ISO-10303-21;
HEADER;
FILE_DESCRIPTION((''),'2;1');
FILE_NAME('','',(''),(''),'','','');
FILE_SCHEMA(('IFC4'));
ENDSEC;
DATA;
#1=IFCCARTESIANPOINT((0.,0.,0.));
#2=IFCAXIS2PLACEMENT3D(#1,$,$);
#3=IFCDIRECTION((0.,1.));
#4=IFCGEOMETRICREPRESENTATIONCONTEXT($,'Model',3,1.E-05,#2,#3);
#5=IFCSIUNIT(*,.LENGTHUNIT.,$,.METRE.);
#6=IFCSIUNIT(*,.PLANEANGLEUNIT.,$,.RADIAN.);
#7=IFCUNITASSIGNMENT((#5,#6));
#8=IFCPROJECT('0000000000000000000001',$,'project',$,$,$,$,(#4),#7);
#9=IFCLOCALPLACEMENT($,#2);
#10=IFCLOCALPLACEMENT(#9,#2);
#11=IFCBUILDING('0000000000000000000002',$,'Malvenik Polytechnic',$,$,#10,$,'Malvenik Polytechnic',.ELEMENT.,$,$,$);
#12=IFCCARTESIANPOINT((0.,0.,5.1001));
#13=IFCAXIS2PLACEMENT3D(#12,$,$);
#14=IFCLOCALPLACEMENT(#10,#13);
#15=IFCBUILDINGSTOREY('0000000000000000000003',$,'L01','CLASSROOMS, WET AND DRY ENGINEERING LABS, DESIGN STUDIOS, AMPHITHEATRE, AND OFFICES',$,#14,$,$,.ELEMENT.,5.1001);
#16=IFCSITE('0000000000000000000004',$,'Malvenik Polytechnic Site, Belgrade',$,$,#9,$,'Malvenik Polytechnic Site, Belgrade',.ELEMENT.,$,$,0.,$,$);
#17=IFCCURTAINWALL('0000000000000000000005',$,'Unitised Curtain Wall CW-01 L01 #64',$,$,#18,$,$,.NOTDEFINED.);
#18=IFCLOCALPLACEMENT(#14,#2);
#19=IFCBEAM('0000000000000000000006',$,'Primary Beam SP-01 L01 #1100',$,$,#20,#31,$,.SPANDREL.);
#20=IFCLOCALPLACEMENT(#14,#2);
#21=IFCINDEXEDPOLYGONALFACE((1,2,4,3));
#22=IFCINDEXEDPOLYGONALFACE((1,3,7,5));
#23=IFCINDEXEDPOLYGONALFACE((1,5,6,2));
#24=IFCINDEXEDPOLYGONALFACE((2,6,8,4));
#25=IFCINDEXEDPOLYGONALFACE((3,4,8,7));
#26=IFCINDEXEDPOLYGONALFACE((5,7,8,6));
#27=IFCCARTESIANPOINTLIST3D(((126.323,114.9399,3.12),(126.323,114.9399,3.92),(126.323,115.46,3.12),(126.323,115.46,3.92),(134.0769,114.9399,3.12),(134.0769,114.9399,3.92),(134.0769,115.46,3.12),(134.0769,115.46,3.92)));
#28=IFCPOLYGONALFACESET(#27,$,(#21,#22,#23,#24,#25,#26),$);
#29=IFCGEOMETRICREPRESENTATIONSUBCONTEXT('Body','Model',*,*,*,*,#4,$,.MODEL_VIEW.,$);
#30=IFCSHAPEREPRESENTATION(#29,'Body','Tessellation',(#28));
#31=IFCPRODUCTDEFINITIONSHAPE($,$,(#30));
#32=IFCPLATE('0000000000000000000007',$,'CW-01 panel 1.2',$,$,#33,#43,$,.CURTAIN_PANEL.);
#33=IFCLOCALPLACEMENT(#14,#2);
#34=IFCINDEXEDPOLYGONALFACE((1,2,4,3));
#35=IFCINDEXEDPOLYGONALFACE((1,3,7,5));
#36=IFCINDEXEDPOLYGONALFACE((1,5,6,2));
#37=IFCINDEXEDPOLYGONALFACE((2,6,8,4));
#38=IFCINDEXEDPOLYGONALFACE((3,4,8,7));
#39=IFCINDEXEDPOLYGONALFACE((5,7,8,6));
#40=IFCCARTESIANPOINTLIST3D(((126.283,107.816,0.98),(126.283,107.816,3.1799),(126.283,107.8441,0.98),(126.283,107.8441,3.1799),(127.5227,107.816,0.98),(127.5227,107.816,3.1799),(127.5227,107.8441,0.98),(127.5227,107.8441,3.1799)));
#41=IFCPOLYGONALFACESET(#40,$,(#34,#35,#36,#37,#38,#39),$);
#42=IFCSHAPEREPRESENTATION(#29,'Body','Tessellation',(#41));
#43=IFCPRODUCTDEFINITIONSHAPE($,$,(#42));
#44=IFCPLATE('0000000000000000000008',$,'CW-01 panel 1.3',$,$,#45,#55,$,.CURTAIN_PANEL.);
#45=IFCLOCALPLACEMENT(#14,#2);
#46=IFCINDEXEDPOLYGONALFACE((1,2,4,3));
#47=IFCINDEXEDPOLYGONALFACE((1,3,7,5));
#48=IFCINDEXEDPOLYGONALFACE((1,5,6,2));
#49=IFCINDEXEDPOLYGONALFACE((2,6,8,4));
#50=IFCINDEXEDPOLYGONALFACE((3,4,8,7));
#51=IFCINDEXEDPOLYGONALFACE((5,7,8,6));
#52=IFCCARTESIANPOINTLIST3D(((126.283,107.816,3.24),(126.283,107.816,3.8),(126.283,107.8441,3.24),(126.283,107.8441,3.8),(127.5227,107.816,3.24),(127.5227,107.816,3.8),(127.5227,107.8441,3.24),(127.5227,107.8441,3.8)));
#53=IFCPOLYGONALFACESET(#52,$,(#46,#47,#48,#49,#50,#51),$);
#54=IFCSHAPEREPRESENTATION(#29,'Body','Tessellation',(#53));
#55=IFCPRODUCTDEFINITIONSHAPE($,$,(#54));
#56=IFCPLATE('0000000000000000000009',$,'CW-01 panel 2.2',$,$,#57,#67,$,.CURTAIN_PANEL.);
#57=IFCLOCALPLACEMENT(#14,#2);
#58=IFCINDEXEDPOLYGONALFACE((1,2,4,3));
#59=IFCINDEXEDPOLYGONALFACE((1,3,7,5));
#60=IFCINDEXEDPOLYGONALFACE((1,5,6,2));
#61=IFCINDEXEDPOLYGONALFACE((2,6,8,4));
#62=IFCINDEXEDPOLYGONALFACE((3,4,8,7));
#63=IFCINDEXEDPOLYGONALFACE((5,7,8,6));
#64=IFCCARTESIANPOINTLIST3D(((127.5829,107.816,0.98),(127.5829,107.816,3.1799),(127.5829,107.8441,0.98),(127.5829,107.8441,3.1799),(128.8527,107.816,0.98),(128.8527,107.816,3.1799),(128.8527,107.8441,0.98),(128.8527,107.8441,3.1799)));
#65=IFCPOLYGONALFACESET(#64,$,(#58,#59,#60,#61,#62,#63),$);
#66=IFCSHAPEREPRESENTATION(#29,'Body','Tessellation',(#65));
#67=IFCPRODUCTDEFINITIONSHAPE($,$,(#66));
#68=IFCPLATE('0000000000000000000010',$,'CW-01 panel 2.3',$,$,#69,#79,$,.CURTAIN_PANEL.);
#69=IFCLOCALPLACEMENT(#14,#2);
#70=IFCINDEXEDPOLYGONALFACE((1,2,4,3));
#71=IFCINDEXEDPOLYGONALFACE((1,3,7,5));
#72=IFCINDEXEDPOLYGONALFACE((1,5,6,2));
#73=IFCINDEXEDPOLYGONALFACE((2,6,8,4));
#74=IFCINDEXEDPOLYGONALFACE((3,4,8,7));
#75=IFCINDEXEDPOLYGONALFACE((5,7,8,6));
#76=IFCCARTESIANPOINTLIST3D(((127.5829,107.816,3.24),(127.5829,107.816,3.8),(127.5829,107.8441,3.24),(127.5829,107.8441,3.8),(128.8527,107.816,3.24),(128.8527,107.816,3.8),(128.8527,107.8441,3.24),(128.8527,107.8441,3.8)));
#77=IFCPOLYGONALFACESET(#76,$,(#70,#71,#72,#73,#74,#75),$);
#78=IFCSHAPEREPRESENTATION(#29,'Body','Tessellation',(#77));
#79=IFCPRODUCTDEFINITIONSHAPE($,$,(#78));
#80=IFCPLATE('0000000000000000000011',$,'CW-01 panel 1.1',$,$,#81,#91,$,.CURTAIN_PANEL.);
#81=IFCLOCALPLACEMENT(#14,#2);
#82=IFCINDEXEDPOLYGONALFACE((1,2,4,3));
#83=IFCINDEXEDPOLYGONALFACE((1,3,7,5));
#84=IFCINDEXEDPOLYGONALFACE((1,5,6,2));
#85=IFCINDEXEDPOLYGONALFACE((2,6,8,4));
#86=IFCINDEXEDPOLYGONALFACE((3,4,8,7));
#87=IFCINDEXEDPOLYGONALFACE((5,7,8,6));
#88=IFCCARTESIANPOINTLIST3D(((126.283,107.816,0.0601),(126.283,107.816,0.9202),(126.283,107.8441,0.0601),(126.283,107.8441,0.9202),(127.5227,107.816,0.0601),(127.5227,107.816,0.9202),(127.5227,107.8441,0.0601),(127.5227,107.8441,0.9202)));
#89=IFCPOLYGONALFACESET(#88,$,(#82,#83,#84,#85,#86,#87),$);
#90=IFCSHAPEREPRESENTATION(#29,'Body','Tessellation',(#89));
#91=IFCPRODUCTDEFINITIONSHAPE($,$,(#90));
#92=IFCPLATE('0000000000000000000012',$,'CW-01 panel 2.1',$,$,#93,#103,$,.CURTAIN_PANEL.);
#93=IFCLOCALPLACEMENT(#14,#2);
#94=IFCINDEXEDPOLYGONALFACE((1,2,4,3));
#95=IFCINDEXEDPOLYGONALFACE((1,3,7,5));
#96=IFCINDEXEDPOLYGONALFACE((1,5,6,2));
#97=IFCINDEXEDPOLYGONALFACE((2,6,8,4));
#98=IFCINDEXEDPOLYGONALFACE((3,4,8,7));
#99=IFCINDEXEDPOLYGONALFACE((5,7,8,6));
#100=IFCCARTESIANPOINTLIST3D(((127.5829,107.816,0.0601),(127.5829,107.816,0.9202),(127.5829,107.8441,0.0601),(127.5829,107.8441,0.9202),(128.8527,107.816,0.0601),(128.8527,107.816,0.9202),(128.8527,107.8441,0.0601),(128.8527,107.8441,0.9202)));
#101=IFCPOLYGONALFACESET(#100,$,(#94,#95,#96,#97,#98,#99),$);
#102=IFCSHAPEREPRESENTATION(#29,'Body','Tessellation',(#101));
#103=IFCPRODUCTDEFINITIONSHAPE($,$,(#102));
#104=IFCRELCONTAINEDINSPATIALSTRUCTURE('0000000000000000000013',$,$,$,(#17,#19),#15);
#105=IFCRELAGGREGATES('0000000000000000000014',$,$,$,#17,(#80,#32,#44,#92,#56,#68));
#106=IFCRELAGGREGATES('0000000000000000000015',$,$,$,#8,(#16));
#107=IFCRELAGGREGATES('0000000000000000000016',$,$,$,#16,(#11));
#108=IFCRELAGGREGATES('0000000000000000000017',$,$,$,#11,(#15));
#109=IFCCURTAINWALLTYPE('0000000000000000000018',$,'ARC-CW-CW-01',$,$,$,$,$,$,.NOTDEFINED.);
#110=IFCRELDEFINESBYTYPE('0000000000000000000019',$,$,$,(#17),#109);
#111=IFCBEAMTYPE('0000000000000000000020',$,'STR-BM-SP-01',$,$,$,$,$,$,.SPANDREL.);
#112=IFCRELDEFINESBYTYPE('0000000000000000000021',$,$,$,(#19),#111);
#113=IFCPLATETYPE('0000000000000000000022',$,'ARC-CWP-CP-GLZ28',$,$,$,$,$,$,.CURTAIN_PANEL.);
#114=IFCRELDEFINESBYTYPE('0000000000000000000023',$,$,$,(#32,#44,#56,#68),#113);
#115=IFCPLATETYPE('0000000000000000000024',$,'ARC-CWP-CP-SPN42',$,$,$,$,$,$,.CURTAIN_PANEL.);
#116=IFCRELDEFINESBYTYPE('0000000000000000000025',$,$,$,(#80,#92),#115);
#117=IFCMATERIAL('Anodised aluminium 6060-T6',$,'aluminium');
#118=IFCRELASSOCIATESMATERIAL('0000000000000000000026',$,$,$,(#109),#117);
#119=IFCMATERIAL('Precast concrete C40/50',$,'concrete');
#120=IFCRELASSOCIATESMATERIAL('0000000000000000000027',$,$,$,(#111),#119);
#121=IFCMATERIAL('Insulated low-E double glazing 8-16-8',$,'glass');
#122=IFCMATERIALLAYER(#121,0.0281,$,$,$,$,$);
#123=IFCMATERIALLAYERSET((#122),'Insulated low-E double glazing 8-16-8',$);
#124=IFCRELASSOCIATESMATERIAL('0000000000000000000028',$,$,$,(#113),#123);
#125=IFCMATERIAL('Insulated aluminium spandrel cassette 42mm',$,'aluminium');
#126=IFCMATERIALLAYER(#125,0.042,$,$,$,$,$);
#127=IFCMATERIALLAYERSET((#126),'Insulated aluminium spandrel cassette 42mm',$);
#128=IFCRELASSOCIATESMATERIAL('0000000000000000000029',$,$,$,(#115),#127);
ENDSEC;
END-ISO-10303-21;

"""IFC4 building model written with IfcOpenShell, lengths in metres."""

from ifc_helpers import new_model, si_unit, direction, frame, origin, origin_2d, place, context, subcontext, project, spatial, rectangle, extrude, material, layer, layer_set, material_profile, profile_set, type_object, element, aggregate, save


model = new_model("IFC4")

# Units and contexts
model_context = context("Model", 3, precision=1e-05, world=origin(), true_north=direction((0.0, 1.0)))
body_context = subcontext(model_context, "Body", "Model", "MODEL_VIEW")
ifc_project = project(units=[si_unit("LENGTHUNIT", "METRE"), si_unit("PLANEANGLEUNIT", "RADIAN")], contexts=[model_context])

# Site, building, storey
site_placement = place(None, origin())
site = spatial("IfcSite", under=ifc_project, at=site_placement, Name="Malvenik Polytechnic Site, Belgrade", LongName="Malvenik Polytechnic Site, Belgrade", CompositionType="ELEMENT", RefElevation=0.0)
building_placement = place(site_placement, origin())
building = spatial("IfcBuilding", under=site, at=building_placement, Name="Malvenik Polytechnic", LongName="Malvenik Polytechnic", CompositionType="ELEMENT")
storey_placement = place(building_placement, frame((0.0, 0.0, 5.1001)))
storey = spatial("IfcBuildingStorey", under=building, at=storey_placement, Name="L01", Description="CLASSROOMS, WET AND DRY ENGINEERING LABS, DESIGN STUDIOS, AMPHITHEATRE, AND OFFICES", CompositionType="ELEMENT", Elevation=5.1001)

# Curtain wall
ifc_material_1 = material(Name="Anodised aluminium 6060-T6", Category="aluminium")
curtain_wall_type = type_object("IfcCurtainWallType", Name="ARC-CW-CW-01", PredefinedType="NOTDEFINED", material=ifc_material_1)
curtain_wall_placement = place(storey_placement, origin())
curtain_wall = element("IfcCurtainWall", 1, at=curtain_wall_placement, inside=storey, type_object=curtain_wall_type, Name="Unitised Curtain Wall CW-01 L01 #64", PredefinedType="NOTDEFINED")

# Beam
ifc_material_2 = material(Name="Precast concrete C40/50", Category="concrete")
ifc_material_profile_1 = material_profile(ifc_material_2, rectangle(XDim=0.52, YDim=0.8, at=origin_2d()), Name="PC SPN 520x800")
ifc_profile_set_1 = profile_set([ifc_material_profile_1], Name="Precast concrete C40/50")
beam_type = type_object("IfcBeamType", Name="STR-BM-SP-01", PredefinedType="SPANDREL", material=ifc_profile_set_1)
beam_placement = place(storey_placement, frame((126.323, 115.2, 3.52), z_axis=(1.0, 0.0, 0.0), x_axis=(0.0, 1.0, 0.0)))
element("IfcBeam", 2, at=beam_placement, inside=storey, type_object=beam_type, Name="Primary Beam SP-01 L01 #1100", PredefinedType="SPANDREL", context=body_context, shape_type="SweptSolid", body=[
    extrude(rectangle(XDim=0.52, YDim=0.8, at=origin_2d()), origin(), (0.0, 0.0, 1.0), 7.7539),
])

# Plates
ifc_material_3 = material(Name="Insulated low-E double glazing 8-16-8", Category="glass")
ifc_layer_1 = layer(ifc_material_3, 0.0281)
ifc_layer_set_1 = layer_set([ifc_layer_1], Name="Insulated low-E double glazing 8-16-8")
plate_type_1 = type_object("IfcPlateType", Name="ARC-CWP-CP-GLZ28", PredefinedType="CURTAIN_PANEL", material=ifc_layer_set_1)
plate_1_placement = place(storey_placement, frame((126.9028, 107.8301, 0.98), z_axis=(0.0, 0.0, 1.0), x_axis=(1.0, 0.0, 0.0)))
plate_1 = element("IfcPlate", 3, at=plate_1_placement, type_object=plate_type_1, Name="CW-01 panel 1.2", PredefinedType="CURTAIN_PANEL", context=body_context, shape_type="SweptSolid", body=[
    extrude(rectangle(XDim=1.2397, YDim=0.0281, at=origin_2d()), origin(), (0.0, 0.0, 1.0), 2.2),
])
plate_2_placement = place(storey_placement, frame((126.9028, 107.8301, 3.24), z_axis=(0.0, 0.0, 1.0), x_axis=(1.0, 0.0, 0.0)))
plate_2 = element("IfcPlate", 4, at=plate_2_placement, type_object=plate_type_1, Name="CW-01 panel 1.3", PredefinedType="CURTAIN_PANEL", context=body_context, shape_type="SweptSolid", body=[
    extrude(rectangle(XDim=1.2397, YDim=0.0281, at=origin_2d()), origin(), (0.0, 0.0, 1.0), 0.5601),
])
plate_3_placement = place(storey_placement, frame((128.2178, 107.8301, 0.98), z_axis=(0.0, 0.0, 1.0), x_axis=(1.0, 0.0, 0.0)))
plate_3 = element("IfcPlate", 5, at=plate_3_placement, type_object=plate_type_1, Name="CW-01 panel 2.2", PredefinedType="CURTAIN_PANEL", context=body_context, shape_type="SweptSolid", body=[
    extrude(rectangle(XDim=1.2698, YDim=0.0281, at=origin_2d()), origin(), (0.0, 0.0, 1.0), 2.2),
])
plate_4_placement = place(storey_placement, frame((128.2178, 107.8301, 3.24), z_axis=(0.0, 0.0, 1.0), x_axis=(1.0, 0.0, 0.0)))
plate_4 = element("IfcPlate", 6, at=plate_4_placement, type_object=plate_type_1, Name="CW-01 panel 2.3", PredefinedType="CURTAIN_PANEL", context=body_context, shape_type="SweptSolid", body=[
    extrude(rectangle(XDim=1.2698, YDim=0.0281, at=origin_2d()), origin(), (0.0, 0.0, 1.0), 0.5601),
])
ifc_material_4 = material(Name="Insulated aluminium spandrel cassette 42mm", Category="aluminium")
ifc_layer_2 = layer(ifc_material_4, 0.042)
ifc_layer_set_2 = layer_set([ifc_layer_2], Name="Insulated aluminium spandrel cassette 42mm")
plate_type_2 = type_object("IfcPlateType", Name="ARC-CWP-CP-SPN42", PredefinedType="CURTAIN_PANEL", material=ifc_layer_set_2)
plate_5_placement = place(storey_placement, frame((126.9028, 107.8301, 0.0601), z_axis=(0.0, 0.0, 1.0), x_axis=(1.0, 0.0, 0.0)))
plate_5 = element("IfcPlate", 7, at=plate_5_placement, type_object=plate_type_2, Name="CW-01 panel 1.1", PredefinedType="CURTAIN_PANEL", context=body_context, shape_type="SweptSolid", body=[
    extrude(rectangle(XDim=1.2397, YDim=0.0281, at=origin_2d()), origin(), (0.0, 0.0, 1.0), 0.8601),
])
plate_6_placement = place(storey_placement, frame((128.2178, 107.8301, 0.0601), z_axis=(0.0, 0.0, 1.0), x_axis=(1.0, 0.0, 0.0)))
plate_6 = element("IfcPlate", 8, at=plate_6_placement, type_object=plate_type_2, Name="CW-01 panel 2.1", PredefinedType="CURTAIN_PANEL", context=body_context, shape_type="SweptSolid", body=[
    extrude(rectangle(XDim=1.2698, YDim=0.0281, at=origin_2d()), origin(), (0.0, 0.0, 1.0), 0.8601),
])
aggregate(curtain_wall, [plate_5, plate_1, plate_2, plate_6, plate_3, plate_4])

save(model, "model.ifc")
